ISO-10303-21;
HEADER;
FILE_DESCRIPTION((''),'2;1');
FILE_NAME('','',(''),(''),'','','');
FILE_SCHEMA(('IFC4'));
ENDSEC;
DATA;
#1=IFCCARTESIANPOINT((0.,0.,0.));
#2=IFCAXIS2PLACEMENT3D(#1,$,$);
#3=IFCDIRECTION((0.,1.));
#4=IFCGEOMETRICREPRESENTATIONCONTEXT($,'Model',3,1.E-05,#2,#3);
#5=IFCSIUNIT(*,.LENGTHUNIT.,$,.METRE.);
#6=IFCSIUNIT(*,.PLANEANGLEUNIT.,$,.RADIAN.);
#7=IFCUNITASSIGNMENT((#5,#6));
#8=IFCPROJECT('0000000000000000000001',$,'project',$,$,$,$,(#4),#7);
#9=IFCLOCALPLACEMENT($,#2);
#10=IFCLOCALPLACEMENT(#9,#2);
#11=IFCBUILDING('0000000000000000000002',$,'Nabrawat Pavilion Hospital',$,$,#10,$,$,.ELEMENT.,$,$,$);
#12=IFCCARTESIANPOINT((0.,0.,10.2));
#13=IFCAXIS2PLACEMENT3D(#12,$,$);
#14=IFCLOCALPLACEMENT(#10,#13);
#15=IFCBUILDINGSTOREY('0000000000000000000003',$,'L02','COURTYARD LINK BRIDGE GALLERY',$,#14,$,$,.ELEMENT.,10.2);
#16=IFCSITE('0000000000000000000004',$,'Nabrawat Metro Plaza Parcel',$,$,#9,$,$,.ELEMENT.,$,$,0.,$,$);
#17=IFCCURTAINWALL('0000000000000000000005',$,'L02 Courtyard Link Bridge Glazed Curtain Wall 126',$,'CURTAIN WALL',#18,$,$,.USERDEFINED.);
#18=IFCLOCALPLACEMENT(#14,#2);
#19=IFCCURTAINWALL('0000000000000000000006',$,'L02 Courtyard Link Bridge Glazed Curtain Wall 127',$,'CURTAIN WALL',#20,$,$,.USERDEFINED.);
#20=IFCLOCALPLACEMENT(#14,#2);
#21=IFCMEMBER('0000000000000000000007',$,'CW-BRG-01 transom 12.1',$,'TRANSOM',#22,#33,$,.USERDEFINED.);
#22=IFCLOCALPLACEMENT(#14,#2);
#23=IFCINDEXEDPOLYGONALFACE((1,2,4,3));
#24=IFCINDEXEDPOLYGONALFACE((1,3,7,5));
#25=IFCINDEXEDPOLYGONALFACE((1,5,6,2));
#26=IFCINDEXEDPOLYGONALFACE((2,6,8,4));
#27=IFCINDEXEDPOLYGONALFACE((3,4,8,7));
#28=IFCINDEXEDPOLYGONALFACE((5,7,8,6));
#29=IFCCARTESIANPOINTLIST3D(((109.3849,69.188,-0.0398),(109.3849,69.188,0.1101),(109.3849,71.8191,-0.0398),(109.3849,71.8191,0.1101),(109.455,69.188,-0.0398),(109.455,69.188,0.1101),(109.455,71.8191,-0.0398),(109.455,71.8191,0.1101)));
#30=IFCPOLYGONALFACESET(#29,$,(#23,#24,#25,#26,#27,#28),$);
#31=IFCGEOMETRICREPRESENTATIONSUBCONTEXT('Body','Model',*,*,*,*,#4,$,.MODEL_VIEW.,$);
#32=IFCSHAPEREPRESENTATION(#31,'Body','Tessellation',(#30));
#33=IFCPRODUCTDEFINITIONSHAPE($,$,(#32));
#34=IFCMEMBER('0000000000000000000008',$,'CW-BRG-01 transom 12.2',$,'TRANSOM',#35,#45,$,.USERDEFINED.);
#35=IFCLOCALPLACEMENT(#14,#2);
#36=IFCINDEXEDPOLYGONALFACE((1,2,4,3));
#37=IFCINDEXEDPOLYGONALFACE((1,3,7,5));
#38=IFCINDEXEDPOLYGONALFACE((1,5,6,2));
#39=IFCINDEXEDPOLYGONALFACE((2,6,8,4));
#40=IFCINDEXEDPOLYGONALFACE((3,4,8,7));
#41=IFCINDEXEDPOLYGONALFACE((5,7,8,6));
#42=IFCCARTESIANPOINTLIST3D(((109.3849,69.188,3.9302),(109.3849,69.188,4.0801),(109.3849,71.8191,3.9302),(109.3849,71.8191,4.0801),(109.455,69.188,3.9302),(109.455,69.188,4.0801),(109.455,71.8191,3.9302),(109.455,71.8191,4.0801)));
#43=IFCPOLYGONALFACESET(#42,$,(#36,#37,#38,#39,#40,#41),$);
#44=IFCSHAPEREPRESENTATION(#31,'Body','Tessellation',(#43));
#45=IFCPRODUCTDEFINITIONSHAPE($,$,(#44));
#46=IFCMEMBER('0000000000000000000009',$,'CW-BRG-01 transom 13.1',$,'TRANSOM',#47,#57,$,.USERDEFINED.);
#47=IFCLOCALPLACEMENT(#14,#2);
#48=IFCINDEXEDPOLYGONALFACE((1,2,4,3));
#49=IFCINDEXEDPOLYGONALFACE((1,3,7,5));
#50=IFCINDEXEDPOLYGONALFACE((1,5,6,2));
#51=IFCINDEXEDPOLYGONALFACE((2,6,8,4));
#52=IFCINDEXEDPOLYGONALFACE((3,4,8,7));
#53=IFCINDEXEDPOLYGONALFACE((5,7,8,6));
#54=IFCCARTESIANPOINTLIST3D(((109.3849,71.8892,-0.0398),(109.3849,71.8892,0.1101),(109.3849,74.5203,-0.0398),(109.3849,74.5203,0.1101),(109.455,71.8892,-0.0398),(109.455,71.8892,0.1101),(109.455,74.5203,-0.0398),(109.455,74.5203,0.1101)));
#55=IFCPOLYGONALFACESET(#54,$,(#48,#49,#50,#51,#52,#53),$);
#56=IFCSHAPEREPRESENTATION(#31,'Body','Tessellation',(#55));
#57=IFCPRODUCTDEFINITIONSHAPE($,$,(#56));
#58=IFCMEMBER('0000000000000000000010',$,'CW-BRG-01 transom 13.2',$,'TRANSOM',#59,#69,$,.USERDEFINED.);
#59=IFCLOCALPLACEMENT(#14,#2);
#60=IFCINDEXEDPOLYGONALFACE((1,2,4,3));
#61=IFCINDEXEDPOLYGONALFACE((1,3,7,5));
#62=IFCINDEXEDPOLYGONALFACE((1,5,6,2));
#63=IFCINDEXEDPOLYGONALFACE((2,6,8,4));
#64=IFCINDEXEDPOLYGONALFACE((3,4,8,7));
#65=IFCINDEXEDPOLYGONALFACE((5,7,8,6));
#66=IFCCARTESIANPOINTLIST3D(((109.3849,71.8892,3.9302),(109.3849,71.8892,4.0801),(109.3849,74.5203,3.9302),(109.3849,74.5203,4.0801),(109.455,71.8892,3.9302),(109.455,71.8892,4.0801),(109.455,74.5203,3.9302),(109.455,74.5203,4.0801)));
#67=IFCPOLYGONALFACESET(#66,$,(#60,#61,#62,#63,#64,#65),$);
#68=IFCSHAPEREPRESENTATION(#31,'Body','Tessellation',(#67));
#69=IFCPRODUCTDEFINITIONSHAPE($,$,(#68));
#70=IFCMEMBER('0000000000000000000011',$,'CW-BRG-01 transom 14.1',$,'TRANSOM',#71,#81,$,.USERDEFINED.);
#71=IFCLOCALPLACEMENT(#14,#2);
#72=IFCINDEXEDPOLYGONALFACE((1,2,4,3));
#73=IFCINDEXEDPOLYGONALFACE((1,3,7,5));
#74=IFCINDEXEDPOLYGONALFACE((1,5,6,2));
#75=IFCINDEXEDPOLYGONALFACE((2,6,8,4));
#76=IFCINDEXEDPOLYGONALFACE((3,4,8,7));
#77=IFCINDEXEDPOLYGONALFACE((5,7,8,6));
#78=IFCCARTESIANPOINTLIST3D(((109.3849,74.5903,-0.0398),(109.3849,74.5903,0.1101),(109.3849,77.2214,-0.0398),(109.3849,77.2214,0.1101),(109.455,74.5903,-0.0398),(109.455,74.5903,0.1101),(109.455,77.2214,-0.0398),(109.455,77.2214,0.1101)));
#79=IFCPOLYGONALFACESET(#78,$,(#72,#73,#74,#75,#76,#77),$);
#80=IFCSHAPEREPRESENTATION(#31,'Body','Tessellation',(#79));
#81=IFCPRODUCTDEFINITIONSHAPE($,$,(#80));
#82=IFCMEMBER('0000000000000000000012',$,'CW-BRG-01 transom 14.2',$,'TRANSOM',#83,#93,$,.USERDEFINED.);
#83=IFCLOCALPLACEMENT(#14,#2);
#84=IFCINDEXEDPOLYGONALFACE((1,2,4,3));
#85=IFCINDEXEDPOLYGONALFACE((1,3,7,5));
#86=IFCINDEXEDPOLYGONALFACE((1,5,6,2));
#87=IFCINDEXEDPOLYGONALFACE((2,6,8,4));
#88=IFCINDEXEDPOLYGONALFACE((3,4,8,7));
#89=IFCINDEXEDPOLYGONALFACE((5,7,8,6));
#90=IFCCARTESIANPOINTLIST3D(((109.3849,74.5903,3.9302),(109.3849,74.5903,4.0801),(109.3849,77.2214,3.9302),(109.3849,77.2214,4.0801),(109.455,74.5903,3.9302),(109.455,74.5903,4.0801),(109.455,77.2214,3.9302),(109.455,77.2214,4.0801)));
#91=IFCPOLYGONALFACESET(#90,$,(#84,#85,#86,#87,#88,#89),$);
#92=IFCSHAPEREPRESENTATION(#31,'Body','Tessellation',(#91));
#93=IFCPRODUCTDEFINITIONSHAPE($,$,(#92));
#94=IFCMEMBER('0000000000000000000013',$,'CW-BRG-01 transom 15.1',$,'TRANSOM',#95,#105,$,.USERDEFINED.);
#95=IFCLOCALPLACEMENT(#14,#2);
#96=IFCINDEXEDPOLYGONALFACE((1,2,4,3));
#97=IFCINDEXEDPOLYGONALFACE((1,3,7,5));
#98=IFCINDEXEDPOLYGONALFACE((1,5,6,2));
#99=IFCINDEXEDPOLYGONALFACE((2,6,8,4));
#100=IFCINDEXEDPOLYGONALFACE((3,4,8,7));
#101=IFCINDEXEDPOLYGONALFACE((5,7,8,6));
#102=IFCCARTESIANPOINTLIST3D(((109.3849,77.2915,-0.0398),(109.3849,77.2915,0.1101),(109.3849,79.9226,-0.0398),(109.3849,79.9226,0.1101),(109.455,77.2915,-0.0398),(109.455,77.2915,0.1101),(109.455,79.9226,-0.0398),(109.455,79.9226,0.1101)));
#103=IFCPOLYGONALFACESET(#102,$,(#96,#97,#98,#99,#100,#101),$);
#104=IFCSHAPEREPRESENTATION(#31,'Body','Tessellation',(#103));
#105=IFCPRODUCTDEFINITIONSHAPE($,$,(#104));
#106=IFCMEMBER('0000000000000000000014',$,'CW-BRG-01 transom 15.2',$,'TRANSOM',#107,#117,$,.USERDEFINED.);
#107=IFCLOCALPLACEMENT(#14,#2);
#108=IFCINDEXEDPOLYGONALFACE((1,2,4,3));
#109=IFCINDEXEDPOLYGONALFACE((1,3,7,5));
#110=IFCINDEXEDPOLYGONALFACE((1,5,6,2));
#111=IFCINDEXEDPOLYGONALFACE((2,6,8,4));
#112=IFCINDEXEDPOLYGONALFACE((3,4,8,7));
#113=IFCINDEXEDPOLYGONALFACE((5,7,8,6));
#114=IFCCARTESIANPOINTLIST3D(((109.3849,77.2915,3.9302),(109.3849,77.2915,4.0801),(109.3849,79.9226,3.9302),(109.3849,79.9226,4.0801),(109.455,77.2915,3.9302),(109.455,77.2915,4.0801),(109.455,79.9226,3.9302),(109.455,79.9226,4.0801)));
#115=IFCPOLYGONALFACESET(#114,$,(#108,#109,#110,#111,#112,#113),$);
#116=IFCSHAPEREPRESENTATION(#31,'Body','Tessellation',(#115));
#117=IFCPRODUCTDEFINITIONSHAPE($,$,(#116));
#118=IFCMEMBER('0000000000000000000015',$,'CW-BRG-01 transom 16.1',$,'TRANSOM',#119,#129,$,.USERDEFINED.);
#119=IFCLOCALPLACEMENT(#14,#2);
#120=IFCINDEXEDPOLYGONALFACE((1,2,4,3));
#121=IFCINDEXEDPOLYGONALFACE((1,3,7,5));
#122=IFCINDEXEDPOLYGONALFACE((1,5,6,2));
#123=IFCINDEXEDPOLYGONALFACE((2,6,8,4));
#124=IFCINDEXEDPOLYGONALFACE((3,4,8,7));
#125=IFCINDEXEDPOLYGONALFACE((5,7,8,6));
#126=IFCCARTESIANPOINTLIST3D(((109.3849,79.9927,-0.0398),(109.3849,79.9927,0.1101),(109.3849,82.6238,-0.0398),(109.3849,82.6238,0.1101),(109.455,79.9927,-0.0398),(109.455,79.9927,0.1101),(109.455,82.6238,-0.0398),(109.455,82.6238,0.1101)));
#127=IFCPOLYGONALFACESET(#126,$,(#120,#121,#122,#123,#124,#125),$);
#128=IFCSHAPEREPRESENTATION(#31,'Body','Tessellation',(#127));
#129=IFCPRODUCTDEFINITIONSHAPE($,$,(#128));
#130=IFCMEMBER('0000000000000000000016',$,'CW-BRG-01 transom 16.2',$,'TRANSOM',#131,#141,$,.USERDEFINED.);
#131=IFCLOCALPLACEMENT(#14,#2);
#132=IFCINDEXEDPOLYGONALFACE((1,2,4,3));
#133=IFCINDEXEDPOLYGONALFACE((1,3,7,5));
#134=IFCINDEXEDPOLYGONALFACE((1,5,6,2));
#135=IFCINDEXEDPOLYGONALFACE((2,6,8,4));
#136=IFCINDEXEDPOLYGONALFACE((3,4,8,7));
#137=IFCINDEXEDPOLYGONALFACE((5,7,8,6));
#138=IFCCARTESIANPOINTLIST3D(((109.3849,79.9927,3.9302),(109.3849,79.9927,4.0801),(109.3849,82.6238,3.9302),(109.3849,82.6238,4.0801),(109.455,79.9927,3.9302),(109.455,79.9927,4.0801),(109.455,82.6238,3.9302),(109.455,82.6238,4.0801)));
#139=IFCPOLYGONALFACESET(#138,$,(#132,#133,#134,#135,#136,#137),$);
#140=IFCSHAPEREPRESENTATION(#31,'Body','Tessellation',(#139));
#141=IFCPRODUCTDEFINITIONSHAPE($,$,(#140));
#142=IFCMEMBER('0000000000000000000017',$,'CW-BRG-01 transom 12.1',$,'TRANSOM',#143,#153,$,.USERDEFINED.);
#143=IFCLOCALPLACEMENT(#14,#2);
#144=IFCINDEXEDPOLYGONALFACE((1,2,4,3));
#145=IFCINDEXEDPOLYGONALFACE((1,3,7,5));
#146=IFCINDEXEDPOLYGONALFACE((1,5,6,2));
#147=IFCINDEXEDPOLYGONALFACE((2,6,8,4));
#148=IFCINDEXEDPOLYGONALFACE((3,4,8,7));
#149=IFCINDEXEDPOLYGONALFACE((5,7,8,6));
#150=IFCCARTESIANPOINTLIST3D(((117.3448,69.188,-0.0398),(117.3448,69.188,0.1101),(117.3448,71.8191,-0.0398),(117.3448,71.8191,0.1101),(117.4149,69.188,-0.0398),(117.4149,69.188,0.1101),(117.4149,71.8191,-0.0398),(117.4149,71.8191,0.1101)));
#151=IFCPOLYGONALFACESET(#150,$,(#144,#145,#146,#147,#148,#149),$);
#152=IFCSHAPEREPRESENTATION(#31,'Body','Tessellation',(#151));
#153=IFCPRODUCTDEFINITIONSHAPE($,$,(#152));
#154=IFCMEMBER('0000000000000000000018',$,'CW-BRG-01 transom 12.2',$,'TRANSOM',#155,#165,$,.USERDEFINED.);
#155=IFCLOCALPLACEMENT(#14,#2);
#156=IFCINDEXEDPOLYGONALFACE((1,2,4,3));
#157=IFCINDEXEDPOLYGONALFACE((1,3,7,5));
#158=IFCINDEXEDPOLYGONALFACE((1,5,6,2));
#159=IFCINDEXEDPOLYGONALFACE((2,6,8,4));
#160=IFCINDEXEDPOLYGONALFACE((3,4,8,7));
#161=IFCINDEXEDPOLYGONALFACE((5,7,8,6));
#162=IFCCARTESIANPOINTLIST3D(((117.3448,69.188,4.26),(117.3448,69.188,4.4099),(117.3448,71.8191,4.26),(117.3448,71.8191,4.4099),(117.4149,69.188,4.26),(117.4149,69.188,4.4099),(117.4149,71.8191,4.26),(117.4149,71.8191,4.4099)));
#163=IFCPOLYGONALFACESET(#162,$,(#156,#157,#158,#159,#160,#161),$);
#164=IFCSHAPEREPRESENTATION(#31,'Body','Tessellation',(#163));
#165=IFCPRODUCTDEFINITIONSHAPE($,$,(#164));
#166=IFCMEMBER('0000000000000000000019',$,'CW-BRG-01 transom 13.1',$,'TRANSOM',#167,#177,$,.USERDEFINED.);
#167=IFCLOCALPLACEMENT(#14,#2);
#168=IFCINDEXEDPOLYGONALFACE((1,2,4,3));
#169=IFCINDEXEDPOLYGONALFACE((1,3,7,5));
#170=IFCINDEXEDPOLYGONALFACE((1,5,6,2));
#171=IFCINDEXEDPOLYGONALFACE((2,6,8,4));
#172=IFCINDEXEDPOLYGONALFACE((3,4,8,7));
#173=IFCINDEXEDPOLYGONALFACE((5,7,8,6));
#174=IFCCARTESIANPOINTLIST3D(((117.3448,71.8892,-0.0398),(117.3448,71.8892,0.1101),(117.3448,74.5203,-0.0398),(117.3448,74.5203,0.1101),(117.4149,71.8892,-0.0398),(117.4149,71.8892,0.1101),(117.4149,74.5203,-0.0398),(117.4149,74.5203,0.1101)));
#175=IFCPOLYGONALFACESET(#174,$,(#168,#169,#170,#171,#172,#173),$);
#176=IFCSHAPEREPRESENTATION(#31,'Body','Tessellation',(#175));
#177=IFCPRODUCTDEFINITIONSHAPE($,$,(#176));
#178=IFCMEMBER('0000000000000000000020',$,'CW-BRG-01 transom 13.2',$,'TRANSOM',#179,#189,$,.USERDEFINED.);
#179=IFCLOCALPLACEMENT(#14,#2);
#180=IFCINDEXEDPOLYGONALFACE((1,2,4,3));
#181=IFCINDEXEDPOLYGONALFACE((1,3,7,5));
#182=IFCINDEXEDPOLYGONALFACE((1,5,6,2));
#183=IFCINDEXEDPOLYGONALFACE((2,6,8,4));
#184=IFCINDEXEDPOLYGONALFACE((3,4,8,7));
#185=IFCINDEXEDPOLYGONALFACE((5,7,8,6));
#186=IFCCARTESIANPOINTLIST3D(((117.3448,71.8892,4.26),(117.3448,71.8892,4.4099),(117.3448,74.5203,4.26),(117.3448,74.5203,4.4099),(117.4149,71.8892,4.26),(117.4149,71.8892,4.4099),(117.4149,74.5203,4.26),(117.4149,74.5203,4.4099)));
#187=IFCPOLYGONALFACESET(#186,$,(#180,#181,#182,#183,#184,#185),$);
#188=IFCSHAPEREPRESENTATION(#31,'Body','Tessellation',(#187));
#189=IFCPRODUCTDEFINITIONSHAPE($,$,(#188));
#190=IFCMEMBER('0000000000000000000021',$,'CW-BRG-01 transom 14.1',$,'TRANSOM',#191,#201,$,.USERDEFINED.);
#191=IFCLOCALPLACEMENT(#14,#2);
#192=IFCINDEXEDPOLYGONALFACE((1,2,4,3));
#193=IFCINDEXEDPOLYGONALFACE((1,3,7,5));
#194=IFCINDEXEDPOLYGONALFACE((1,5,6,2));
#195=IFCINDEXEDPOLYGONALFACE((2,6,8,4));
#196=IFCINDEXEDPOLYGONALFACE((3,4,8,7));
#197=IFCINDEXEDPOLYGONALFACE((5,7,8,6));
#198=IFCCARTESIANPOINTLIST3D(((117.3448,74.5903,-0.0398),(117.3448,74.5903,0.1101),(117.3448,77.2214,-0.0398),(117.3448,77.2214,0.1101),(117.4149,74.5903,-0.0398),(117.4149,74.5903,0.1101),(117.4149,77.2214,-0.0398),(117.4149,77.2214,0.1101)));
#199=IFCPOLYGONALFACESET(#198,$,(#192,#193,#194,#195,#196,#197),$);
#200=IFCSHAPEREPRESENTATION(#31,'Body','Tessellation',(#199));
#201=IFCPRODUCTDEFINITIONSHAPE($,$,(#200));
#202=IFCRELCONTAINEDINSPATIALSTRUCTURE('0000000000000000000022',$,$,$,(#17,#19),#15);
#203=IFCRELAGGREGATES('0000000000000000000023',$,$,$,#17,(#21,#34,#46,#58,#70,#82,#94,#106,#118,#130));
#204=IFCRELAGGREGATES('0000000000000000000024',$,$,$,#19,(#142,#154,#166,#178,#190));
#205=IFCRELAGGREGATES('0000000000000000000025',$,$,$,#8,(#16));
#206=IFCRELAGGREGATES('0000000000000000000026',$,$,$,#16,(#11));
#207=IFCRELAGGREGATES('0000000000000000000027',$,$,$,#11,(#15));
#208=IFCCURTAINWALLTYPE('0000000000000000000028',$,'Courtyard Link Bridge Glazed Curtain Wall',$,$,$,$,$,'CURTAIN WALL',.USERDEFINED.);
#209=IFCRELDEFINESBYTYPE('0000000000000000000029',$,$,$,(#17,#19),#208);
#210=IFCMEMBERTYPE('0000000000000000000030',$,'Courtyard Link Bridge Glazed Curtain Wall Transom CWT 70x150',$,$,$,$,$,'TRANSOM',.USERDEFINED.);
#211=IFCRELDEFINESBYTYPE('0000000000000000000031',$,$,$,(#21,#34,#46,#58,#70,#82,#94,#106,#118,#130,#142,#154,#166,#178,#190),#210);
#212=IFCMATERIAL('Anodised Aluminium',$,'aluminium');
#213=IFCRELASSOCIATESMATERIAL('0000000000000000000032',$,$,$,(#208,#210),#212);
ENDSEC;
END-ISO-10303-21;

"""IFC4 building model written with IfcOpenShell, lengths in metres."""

from ifc_helpers import new_model, si_unit, direction, frame, origin, origin_2d, place, context, subcontext, project, spatial, rectangle, extrude, material, material_profile, profile_set, type_object, element, aggregate, save


model = new_model("IFC4")

# Units and contexts
model_context = context("Model", 3, precision=1e-05, world=origin(), true_north=direction((0.0, 1.0)))
body_context = subcontext(model_context, "Body", "Model", "MODEL_VIEW")
ifc_project = project(units=[si_unit("LENGTHUNIT", "METRE"), si_unit("PLANEANGLEUNIT", "RADIAN")], contexts=[model_context])

# Site, building, storey
site_placement = place(None, origin())
site = spatial("IfcSite", under=ifc_project, at=site_placement, Name="Nabrawat Metro Plaza Parcel", CompositionType="ELEMENT", RefElevation=0.0)
building_placement = place(site_placement, origin())
building = spatial("IfcBuilding", under=site, at=building_placement, Name="Nabrawat Pavilion Hospital", CompositionType="ELEMENT")
storey_placement = place(building_placement, frame((0.0, 0.0, 10.2)))
storey = spatial("IfcBuildingStorey", under=building, at=storey_placement, Name="L02", Description="COURTYARD LINK BRIDGE GALLERY", CompositionType="ELEMENT", Elevation=10.2)

# Curtain walls
ifc_material_1 = material(Name="Anodised Aluminium", Category="aluminium")
curtain_wall_type = type_object("IfcCurtainWallType", Name="Courtyard Link Bridge Glazed Curtain Wall", ElementType="CURTAIN WALL", PredefinedType="USERDEFINED", material=ifc_material_1)
curtain_wall_1_placement = place(storey_placement, origin())
curtain_wall_1 = element("IfcCurtainWall", 1, at=curtain_wall_1_placement, inside=storey, type_object=curtain_wall_type, Name="L02 Courtyard Link Bridge Glazed Curtain Wall 126", ObjectType="CURTAIN WALL", PredefinedType="USERDEFINED")
curtain_wall_2_placement = place(storey_placement, origin())
curtain_wall_2 = element("IfcCurtainWall", 2, at=curtain_wall_2_placement, inside=storey, type_object=curtain_wall_type, Name="L02 Courtyard Link Bridge Glazed Curtain Wall 127", ObjectType="CURTAIN WALL", PredefinedType="USERDEFINED")

# Members
ifc_material_profile_1 = material_profile(ifc_material_1, rectangle(XDim=0.0701, YDim=0.1499, at=origin_2d()), Name="CWT 70x150")
ifc_profile_set_1 = profile_set([ifc_material_profile_1], Name="Anodised Aluminium")
member_type_1 = type_object("IfcMemberType", Name="Courtyard Link Bridge Glazed Curtain Wall Transom CWT 70x150", ElementType="TRANSOM", PredefinedType="USERDEFINED", material=ifc_profile_set_1)
member_1_placement = place(storey_placement, frame((109.4199, 69.188, 0.0352), z_axis=(0.0, 1.0, 0.0), x_axis=(-1.0, 0.0, 0.0)))
member_1 = element("IfcMember", 3, at=member_1_placement, type_object=member_type_1, Name="CW-BRG-01 transom 12.1", ObjectType="TRANSOM", PredefinedType="USERDEFINED", context=body_context, shape_type="SweptSolid", body=[
    extrude(rectangle(XDim=0.0701, YDim=0.1499, at=origin_2d()), origin(), (0.0, 0.0, 1.0), 2.6311),
])
member_2_placement = place(storey_placement, frame((109.4199, 69.188, 4.0051), z_axis=(0.0, 1.0, 0.0), x_axis=(-1.0, 0.0, 0.0)))
member_2 = element("IfcMember", 4, at=member_2_placement, type_object=member_type_1, Name="CW-BRG-01 transom 12.2", ObjectType="TRANSOM", PredefinedType="USERDEFINED", context=body_context, shape_type="SweptSolid", body=[
    extrude(rectangle(XDim=0.0701, YDim=0.1499, at=origin_2d()), origin(), (0.0, 0.0, 1.0), 2.6311),
])
member_3_placement = place(storey_placement, frame((109.4199, 71.8892, 0.0352), z_axis=(0.0, 1.0, 0.0), x_axis=(-1.0, 0.0, 0.0)))
member_3 = element("IfcMember", 5, at=member_3_placement, type_object=member_type_1, Name="CW-BRG-01 transom 13.1", ObjectType="TRANSOM", PredefinedType="USERDEFINED", context=body_context, shape_type="SweptSolid", body=[
    extrude(rectangle(XDim=0.0701, YDim=0.1499, at=origin_2d()), origin(), (0.0, 0.0, 1.0), 2.6311),
])
member_4_placement = place(storey_placement, frame((109.4199, 71.8892, 4.0051), z_axis=(0.0, 1.0, 0.0), x_axis=(-1.0, 0.0, 0.0)))
member_4 = element("IfcMember", 6, at=member_4_placement, type_object=member_type_1, Name="CW-BRG-01 transom 13.2", ObjectType="TRANSOM", PredefinedType="USERDEFINED", context=body_context, shape_type="SweptSolid", body=[
    extrude(rectangle(XDim=0.0701, YDim=0.1499, at=origin_2d()), origin(), (0.0, 0.0, 1.0), 2.6311),
])
member_5_placement = place(storey_placement, frame((109.4199, 74.5903, 0.0352), z_axis=(0.0, 1.0, 0.0), x_axis=(-1.0, 0.0, 0.0)))
member_5 = element("IfcMember", 7, at=member_5_placement, type_object=member_type_1, Name="CW-BRG-01 transom 14.1", ObjectType="TRANSOM", PredefinedType="USERDEFINED", context=body_context, shape_type="SweptSolid", body=[
    extrude(rectangle(XDim=0.0701, YDim=0.1499, at=origin_2d()), origin(), (0.0, 0.0, 1.0), 2.6311),
])
member_6_placement = place(storey_placement, frame((109.4199, 74.5903, 4.0051), z_axis=(0.0, 1.0, 0.0), x_axis=(-1.0, 0.0, 0.0)))
member_6 = element("IfcMember", 8, at=member_6_placement, type_object=member_type_1, Name="CW-BRG-01 transom 14.2", ObjectType="TRANSOM", PredefinedType="USERDEFINED", context=body_context, shape_type="SweptSolid", body=[
    extrude(rectangle(XDim=0.0701, YDim=0.1499, at=origin_2d()), origin(), (0.0, 0.0, 1.0), 2.6311),
])
member_7_placement = place(storey_placement, frame((109.4199, 77.2915, 0.0352), z_axis=(0.0, 1.0, 0.0), x_axis=(-1.0, 0.0, 0.0)))
member_7 = element("IfcMember", 9, at=member_7_placement, type_object=member_type_1, Name="CW-BRG-01 transom 15.1", ObjectType="TRANSOM", PredefinedType="USERDEFINED", context=body_context, shape_type="SweptSolid", body=[
    extrude(rectangle(XDim=0.0701, YDim=0.1499, at=origin_2d()), origin(), (0.0, 0.0, 1.0), 2.6311),
])
member_8_placement = place(storey_placement, frame((109.4199, 77.2915, 4.0051), z_axis=(0.0, 1.0, 0.0), x_axis=(-1.0, 0.0, 0.0)))
member_8 = element("IfcMember", 10, at=member_8_placement, type_object=member_type_1, Name="CW-BRG-01 transom 15.2", ObjectType="TRANSOM", PredefinedType="USERDEFINED", context=body_context, shape_type="SweptSolid", body=[
    extrude(rectangle(XDim=0.0701, YDim=0.1499, at=origin_2d()), origin(), (0.0, 0.0, 1.0), 2.6311),
])
member_9_placement = place(storey_placement, frame((109.4199, 79.9927, 0.0352), z_axis=(0.0, 1.0, 0.0), x_axis=(-1.0, 0.0, 0.0)))
member_9 = element("IfcMember", 11, at=member_9_placement, type_object=member_type_1, Name="CW-BRG-01 transom 16.1", ObjectType="TRANSOM", PredefinedType="USERDEFINED", context=body_context, shape_type="SweptSolid", body=[
    extrude(rectangle(XDim=0.0701, YDim=0.1499, at=origin_2d()), origin(), (0.0, 0.0, 1.0), 2.6311),
])
member_10_placement = place(storey_placement, frame((109.4199, 79.9927, 4.0051), z_axis=(0.0, 1.0, 0.0), x_axis=(-1.0, 0.0, 0.0)))
member_10 = element("IfcMember", 12, at=member_10_placement, type_object=member_type_1, Name="CW-BRG-01 transom 16.2", ObjectType="TRANSOM", PredefinedType="USERDEFINED", context=body_context, shape_type="SweptSolid", body=[
    extrude(rectangle(XDim=0.0701, YDim=0.1499, at=origin_2d()), origin(), (0.0, 0.0, 1.0), 2.6311),
])
member_11_placement = place(storey_placement, frame((117.3799, 69.188, 0.0352), z_axis=(0.0, 1.0, 0.0), x_axis=(-1.0, 0.0, 0.0)))
member_11 = element("IfcMember", 13, at=member_11_placement, type_object=member_type_1, Name="CW-BRG-01 transom 12.1", ObjectType="TRANSOM", PredefinedType="USERDEFINED", context=body_context, shape_type="SweptSolid", body=[
    extrude(rectangle(XDim=0.0701, YDim=0.1499, at=origin_2d()), origin(), (0.0, 0.0, 1.0), 2.6311),
])
member_12_placement = place(storey_placement, frame((117.3799, 69.188, 4.335), z_axis=(0.0, 1.0, 0.0), x_axis=(-1.0, 0.0, 0.0)))
member_12 = element("IfcMember", 14, at=member_12_placement, type_object=member_type_1, Name="CW-BRG-01 transom 12.2", ObjectType="TRANSOM", PredefinedType="USERDEFINED", context=body_context, shape_type="SweptSolid", body=[
    extrude(rectangle(XDim=0.0701, YDim=0.1499, at=origin_2d()), origin(), (0.0, 0.0, 1.0), 2.6311),
])
member_13_placement = place(storey_placement, frame((117.3799, 71.8892, 0.0352), z_axis=(0.0, 1.0, 0.0), x_axis=(-1.0, 0.0, 0.0)))
member_13 = element("IfcMember", 15, at=member_13_placement, type_object=member_type_1, Name="CW-BRG-01 transom 13.1", ObjectType="TRANSOM", PredefinedType="USERDEFINED", context=body_context, shape_type="SweptSolid", body=[
    extrude(rectangle(XDim=0.0701, YDim=0.1499, at=origin_2d()), origin(), (0.0, 0.0, 1.0), 2.6311),
])
member_14_placement = place(storey_placement, frame((117.3799, 71.8892, 4.335), z_axis=(0.0, 1.0, 0.0), x_axis=(-1.0, 0.0, 0.0)))
member_14 = element("IfcMember", 16, at=member_14_placement, type_object=member_type_1, Name="CW-BRG-01 transom 13.2", ObjectType="TRANSOM", PredefinedType="USERDEFINED", context=body_context, shape_type="SweptSolid", body=[
    extrude(rectangle(XDim=0.0701, YDim=0.1499, at=origin_2d()), origin(), (0.0, 0.0, 1.0), 2.6311),
])
member_15_placement = place(storey_placement, frame((117.3799, 74.5903, 0.0352), z_axis=(0.0, 1.0, 0.0), x_axis=(-1.0, 0.0, 0.0)))
member_15 = element("IfcMember", 17, at=member_15_placement, type_object=member_type_1, Name="CW-BRG-01 transom 14.1", ObjectType="TRANSOM", PredefinedType="USERDEFINED", context=body_context, shape_type="SweptSolid", body=[
    extrude(rectangle(XDim=0.0701, YDim=0.1499, at=origin_2d()), origin(), (0.0, 0.0, 1.0), 2.6311),
])

aggregate(curtain_wall_1, [member_1, member_2, member_3, member_4, member_5, member_6, member_7, member_8, member_9, member_10])
aggregate(curtain_wall_2, [member_11, member_12, member_13, member_14, member_15])

save(model, "model.ifc")
